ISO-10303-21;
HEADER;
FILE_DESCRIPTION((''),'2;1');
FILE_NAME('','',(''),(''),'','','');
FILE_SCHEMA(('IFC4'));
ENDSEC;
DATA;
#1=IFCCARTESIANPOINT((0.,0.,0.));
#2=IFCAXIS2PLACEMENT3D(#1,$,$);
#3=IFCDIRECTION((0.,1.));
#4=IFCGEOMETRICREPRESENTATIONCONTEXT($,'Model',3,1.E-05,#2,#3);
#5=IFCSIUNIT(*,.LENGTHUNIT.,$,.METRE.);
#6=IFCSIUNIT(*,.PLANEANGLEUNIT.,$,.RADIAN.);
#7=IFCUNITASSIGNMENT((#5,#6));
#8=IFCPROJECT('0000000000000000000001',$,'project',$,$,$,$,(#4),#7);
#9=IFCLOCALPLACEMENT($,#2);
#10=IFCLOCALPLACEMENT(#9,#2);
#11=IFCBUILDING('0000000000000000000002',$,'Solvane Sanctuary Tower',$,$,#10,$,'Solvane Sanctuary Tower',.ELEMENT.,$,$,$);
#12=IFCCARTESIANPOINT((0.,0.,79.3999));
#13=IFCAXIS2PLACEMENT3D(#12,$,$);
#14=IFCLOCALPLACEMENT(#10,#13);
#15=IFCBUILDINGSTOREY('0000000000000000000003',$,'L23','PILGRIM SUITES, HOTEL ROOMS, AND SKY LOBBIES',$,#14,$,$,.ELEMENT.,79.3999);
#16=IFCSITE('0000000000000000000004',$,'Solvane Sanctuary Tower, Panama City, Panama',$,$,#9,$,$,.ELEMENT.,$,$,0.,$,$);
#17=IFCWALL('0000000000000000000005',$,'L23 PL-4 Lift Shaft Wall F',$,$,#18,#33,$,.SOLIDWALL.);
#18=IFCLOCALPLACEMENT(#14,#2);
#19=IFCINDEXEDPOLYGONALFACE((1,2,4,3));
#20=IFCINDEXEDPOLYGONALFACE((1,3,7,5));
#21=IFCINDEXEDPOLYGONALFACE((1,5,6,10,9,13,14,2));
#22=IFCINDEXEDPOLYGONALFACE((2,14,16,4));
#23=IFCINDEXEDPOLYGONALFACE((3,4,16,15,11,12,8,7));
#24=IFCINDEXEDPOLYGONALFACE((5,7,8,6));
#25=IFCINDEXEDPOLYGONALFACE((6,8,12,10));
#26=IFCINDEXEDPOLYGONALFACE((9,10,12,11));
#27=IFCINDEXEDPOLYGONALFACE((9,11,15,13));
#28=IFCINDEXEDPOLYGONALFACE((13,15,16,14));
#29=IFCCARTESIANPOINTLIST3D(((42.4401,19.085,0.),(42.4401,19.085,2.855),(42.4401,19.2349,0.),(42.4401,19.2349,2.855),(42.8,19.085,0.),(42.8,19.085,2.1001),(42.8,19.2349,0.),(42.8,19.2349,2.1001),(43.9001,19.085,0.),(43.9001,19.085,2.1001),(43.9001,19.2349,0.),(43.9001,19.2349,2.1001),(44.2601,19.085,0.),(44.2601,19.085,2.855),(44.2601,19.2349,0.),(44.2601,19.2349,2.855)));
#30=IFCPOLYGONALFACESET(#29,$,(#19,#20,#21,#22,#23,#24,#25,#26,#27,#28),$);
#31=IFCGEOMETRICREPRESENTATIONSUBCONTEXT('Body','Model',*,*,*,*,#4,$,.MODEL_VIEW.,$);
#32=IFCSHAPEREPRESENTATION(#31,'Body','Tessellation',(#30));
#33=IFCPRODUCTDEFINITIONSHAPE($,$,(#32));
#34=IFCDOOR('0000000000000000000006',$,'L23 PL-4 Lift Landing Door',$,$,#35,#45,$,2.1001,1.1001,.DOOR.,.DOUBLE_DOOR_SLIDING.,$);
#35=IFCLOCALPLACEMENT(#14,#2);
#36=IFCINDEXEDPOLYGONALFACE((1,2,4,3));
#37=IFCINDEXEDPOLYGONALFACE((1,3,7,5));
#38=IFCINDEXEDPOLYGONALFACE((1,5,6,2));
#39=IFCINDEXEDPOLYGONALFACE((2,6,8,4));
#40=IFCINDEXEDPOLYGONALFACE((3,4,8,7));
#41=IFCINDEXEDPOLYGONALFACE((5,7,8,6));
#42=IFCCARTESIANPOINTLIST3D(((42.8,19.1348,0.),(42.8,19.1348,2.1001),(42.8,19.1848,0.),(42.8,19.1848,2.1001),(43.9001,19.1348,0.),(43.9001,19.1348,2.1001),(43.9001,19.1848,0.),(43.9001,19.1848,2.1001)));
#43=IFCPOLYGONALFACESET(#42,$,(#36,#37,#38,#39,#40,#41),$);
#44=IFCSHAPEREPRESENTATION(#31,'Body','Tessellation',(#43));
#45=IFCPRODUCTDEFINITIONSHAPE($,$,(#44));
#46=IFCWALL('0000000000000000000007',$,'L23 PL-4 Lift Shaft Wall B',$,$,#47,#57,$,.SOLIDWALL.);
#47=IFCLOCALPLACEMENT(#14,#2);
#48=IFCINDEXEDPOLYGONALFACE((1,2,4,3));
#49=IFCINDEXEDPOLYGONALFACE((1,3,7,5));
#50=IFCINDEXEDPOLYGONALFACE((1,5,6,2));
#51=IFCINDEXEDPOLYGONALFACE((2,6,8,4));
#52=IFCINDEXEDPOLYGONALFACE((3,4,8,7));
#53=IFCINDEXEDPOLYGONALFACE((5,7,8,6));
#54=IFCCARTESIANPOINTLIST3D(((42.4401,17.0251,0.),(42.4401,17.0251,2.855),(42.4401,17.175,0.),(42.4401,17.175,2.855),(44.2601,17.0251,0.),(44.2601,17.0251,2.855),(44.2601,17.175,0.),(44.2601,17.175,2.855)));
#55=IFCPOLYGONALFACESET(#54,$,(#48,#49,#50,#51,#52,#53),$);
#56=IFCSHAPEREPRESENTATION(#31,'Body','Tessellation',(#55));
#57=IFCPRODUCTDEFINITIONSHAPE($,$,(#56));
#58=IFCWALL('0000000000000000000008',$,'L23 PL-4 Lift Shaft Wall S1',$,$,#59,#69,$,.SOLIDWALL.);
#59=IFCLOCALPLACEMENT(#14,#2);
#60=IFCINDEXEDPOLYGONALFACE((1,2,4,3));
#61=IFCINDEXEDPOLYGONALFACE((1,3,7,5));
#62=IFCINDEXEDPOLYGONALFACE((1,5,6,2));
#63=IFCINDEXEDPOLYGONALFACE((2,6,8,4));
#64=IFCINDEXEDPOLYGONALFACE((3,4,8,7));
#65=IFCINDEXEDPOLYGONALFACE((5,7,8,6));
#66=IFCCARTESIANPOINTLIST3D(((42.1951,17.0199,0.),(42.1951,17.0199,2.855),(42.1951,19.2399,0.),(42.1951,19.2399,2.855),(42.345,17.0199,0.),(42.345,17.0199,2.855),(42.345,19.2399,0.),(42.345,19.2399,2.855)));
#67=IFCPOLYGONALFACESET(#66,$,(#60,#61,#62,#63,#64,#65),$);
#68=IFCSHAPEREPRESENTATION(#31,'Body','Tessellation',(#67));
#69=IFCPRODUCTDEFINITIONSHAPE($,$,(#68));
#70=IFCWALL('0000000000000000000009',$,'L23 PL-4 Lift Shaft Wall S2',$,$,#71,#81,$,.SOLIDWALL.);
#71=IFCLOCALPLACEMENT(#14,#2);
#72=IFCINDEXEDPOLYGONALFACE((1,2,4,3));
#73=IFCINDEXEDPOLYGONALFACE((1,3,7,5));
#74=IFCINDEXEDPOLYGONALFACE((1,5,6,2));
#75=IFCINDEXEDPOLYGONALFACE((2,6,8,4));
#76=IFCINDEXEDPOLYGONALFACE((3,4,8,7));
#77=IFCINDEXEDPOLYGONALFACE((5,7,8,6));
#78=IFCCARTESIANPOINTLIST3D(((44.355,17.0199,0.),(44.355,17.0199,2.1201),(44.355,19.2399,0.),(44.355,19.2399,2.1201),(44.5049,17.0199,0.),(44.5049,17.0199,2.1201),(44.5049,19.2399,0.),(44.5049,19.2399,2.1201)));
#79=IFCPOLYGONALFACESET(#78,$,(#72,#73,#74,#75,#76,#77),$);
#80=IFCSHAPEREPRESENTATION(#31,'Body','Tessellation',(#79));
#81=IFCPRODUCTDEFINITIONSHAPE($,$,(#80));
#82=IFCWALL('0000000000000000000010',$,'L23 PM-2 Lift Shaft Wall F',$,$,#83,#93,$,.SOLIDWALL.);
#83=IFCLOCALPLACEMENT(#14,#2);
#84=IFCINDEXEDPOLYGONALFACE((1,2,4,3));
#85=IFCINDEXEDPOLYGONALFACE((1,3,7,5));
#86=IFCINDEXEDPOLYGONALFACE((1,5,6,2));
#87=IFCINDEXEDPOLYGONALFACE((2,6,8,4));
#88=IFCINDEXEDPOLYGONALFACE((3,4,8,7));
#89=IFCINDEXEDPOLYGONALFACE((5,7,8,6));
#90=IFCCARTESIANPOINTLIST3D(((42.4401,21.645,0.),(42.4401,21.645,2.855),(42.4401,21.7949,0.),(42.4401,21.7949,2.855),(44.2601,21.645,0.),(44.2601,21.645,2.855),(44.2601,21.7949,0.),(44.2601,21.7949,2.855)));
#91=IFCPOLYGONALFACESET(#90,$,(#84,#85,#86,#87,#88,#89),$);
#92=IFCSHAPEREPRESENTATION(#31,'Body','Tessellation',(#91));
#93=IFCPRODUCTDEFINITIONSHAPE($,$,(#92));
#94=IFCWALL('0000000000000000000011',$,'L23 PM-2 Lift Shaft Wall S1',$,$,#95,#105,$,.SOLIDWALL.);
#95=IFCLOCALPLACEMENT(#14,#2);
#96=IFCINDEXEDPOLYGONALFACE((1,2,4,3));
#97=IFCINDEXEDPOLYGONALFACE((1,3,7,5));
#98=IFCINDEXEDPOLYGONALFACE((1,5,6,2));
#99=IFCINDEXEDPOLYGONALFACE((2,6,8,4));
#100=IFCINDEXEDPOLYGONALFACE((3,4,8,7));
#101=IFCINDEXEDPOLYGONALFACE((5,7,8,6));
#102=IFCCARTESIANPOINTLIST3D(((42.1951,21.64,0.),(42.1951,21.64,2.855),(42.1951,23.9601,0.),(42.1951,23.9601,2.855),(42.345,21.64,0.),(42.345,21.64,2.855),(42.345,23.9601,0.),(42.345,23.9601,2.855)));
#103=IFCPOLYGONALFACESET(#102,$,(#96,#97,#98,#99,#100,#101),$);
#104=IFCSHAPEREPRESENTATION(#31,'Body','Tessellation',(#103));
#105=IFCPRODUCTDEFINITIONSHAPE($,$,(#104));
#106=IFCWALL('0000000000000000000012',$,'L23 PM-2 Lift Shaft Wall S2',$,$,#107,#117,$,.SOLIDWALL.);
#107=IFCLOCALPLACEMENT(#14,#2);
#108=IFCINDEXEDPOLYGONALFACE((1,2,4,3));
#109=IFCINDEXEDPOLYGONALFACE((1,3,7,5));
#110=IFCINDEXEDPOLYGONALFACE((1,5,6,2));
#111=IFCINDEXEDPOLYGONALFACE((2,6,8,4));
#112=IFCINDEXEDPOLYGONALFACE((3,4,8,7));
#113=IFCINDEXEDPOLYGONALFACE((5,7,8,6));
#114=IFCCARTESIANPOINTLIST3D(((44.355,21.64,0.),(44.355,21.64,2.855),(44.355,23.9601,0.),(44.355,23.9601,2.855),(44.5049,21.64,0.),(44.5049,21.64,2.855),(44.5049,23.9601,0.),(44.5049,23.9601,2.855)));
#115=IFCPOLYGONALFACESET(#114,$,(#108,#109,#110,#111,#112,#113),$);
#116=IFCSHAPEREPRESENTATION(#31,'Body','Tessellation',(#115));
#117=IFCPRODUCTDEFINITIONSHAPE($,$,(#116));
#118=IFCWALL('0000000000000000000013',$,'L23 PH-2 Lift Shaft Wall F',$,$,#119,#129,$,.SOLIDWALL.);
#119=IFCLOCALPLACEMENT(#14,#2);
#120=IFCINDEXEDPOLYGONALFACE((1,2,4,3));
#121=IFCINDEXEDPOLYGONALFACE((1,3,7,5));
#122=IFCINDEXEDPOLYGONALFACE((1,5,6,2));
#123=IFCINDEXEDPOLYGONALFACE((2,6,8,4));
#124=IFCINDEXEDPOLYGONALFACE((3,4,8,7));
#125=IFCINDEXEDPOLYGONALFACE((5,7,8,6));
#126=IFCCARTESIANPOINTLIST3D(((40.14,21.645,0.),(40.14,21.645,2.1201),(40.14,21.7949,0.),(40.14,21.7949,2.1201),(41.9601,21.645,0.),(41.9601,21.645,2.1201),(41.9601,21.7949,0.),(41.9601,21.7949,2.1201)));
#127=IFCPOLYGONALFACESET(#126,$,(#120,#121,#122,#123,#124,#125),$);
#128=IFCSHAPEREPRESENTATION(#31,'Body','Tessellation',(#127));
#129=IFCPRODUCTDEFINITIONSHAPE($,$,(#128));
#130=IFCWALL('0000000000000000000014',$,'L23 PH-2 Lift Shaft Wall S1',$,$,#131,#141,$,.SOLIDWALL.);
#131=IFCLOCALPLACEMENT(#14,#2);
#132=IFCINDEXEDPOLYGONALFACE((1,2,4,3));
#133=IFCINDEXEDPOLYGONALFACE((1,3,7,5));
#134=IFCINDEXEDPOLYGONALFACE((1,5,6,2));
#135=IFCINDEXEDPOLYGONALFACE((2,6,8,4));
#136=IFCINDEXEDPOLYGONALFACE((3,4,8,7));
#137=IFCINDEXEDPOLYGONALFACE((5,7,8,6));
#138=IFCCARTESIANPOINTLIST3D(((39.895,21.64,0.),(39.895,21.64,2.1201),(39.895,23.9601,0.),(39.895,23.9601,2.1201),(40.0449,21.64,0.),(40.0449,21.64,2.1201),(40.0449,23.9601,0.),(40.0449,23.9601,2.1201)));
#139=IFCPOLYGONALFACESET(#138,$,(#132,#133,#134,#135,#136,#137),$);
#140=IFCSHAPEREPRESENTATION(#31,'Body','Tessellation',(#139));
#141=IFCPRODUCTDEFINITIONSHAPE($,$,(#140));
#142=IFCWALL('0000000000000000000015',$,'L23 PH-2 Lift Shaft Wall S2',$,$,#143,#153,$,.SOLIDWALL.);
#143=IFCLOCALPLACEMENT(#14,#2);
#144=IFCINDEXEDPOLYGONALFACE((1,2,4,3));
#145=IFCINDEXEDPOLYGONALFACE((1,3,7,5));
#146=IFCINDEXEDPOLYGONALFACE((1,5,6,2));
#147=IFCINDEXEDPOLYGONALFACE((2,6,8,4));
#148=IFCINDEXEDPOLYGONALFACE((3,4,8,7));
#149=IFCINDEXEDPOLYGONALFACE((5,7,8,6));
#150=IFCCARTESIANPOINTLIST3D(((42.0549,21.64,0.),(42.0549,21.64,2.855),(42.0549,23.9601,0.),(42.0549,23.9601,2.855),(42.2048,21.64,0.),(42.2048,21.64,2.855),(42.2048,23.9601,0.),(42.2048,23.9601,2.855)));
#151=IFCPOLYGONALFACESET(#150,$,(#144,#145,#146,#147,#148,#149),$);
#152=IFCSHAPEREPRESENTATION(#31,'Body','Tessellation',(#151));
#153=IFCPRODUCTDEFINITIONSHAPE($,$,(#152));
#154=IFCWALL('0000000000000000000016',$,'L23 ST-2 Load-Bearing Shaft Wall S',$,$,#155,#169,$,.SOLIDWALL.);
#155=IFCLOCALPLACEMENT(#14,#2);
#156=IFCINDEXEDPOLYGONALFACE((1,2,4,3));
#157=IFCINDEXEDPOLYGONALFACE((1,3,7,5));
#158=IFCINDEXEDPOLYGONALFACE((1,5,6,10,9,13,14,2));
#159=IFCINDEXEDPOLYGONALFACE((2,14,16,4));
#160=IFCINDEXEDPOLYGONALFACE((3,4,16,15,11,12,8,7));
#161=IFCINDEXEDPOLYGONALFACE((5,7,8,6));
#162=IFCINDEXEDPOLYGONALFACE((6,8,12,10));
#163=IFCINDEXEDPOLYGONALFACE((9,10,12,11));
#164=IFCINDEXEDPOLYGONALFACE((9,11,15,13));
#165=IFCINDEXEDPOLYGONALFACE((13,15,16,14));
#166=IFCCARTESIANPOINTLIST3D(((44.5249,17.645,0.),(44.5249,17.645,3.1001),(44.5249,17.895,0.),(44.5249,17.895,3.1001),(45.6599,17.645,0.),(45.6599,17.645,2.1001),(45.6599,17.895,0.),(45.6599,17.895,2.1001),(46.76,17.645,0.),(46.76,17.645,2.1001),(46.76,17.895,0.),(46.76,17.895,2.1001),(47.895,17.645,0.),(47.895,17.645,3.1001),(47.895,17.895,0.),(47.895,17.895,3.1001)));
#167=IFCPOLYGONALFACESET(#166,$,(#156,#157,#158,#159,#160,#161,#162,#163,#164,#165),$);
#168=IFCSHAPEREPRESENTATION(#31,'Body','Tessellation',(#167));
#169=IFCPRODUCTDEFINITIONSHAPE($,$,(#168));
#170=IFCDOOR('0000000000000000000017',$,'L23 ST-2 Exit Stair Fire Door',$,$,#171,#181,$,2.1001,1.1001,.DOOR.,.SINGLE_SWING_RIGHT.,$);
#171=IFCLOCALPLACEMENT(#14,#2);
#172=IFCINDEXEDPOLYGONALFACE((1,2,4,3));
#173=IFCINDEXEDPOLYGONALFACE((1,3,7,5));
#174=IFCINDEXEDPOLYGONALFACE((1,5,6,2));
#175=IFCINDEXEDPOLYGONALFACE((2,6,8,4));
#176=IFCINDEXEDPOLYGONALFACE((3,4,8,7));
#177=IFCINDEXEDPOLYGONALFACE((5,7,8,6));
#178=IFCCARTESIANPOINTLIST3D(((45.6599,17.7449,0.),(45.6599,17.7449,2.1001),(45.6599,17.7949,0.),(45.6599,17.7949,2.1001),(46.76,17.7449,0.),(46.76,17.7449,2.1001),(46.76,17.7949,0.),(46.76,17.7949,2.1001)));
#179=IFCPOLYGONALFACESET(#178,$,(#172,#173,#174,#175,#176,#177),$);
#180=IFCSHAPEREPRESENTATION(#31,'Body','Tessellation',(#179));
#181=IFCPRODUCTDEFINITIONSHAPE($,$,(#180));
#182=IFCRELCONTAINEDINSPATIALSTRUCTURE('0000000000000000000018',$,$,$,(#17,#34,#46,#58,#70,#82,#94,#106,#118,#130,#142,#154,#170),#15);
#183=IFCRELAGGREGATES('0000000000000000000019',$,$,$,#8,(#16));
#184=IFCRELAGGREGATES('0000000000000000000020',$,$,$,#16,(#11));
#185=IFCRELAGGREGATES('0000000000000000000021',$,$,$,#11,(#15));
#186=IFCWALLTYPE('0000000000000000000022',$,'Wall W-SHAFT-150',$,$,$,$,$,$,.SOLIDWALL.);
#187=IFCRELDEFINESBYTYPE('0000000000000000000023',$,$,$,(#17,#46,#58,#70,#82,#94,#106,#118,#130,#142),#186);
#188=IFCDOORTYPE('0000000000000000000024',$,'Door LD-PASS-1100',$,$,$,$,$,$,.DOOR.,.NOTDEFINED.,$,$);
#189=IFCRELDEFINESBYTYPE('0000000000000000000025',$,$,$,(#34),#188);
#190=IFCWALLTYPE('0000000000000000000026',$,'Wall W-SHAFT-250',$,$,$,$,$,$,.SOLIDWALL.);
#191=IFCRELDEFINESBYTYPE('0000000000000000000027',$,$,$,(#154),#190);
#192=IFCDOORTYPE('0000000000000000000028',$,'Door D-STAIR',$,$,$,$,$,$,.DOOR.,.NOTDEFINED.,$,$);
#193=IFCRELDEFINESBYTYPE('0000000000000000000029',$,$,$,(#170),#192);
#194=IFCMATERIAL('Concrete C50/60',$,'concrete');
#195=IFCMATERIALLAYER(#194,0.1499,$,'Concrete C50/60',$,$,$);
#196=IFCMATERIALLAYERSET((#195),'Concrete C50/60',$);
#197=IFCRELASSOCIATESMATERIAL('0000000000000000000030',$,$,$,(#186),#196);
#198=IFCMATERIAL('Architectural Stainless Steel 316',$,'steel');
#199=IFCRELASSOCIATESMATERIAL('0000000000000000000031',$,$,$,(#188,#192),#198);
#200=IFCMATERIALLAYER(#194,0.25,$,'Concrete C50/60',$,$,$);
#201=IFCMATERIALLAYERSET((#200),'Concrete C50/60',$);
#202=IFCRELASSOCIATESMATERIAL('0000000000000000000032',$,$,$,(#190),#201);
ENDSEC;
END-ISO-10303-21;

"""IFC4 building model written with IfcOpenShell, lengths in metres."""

from ifc_helpers import new_model, si_unit, direction, frame, frame_2d, origin, place, context, subcontext, project, spatial, rectangle, extrude, material, layer, layer_set, type_object, element, fill, save


model = new_model("IFC4")

# Units and contexts
model_context = context("Model", 3, precision=1e-05, world=origin(), true_north=direction((0.0, 1.0)))
body_context = subcontext(model_context, "Body", "Model", "MODEL_VIEW")
ifc_project = project(units=[si_unit("LENGTHUNIT", "METRE"), si_unit("PLANEANGLEUNIT", "RADIAN")], contexts=[model_context])

# Site, building, storey
site_placement = place(None, origin())
site = spatial("IfcSite", under=ifc_project, at=site_placement, Name="Solvane Sanctuary Tower, Panama City, Panama", CompositionType="ELEMENT", RefElevation=0.0)
building_placement = place(site_placement, origin())
building = spatial("IfcBuilding", under=site, at=building_placement, Name="Solvane Sanctuary Tower", LongName="Solvane Sanctuary Tower", CompositionType="ELEMENT")
storey_placement = place(building_placement, frame((0.0, 0.0, 79.3999)))
storey = spatial("IfcBuildingStorey", under=building, at=storey_placement, Name="L23", Description="PILGRIM SUITES, HOTEL ROOMS, AND SKY LOBBIES", CompositionType="ELEMENT", Elevation=79.3999)

# Shared definitions
ifc_material_1 = material(Name="Concrete C50/60", Category="concrete")
ifc_layer_1 = layer(ifc_material_1, 0.1499, Name="Concrete C50/60")
ifc_layer_set_1 = layer_set([ifc_layer_1], Name="Concrete C50/60")
wall_type_1 = type_object("IfcWallType", Name="Wall W-SHAFT-150", PredefinedType="SOLIDWALL", material=ifc_layer_set_1)
ifc_material_2 = material(Name="Architectural Stainless Steel 316", Category="steel")
door_type_1 = type_object("IfcDoorType", Name="Door LD-PASS-1100", OperationType="NOTDEFINED", PredefinedType="DOOR", material=ifc_material_2)

# Wall, opening, door
wall_1_placement = place(storey_placement, frame((42.4399, 19.1599, 0.0), z_axis=(0.0, 0.0, 1.0), x_axis=(1.0, 0.0, 0.0)))
wall_1 = element("IfcWall", 1, at=wall_1_placement, inside=storey, type_object=wall_type_1, Name="L23 PL-4 Lift Shaft Wall F", PredefinedType="SOLIDWALL", context=body_context, shape_type="SweptSolid", body=[
    extrude(rectangle(XDim=1.8201, YDim=0.1499, at=frame_2d((0.9102, 0.0))), origin(), (0.0, 0.0, 1.0), 2.855),
])
opening_1_placement = place(wall_1_placement, frame((0.3601, 0.0, 0.0)))
opening_1 = element("IfcOpeningElement", 2, at=opening_1_placement, cuts=wall_1, PredefinedType="OPENING", context=body_context, shape_type="SweptSolid", body=[
    extrude(rectangle(XDim=1.1001, YDim=2.1001, at=frame_2d((0.55, 1.05))), frame((0.0, 0.085, 0.0), z_axis=(0.0, -1.0, 0.0), x_axis=(1.0, 0.0, 0.0)), (0.0, 0.0, 1.0), 0.1699),
])
door_1_placement = place(opening_1_placement, origin())
door_1 = element("IfcDoor", 3, at=door_1_placement, inside=storey, type_object=door_type_1, Name="L23 PL-4 Lift Landing Door", OperationType="DOUBLE_DOOR_SLIDING", OverallHeight=2.1001, OverallWidth=1.1001, PredefinedType="DOOR", context=body_context, shape_type="SweptSolid", body=[
    extrude(rectangle(XDim=1.1001, YDim=2.1001, at=frame_2d((0.55, 1.05))), frame((0.0, 0.0249, 0.0), z_axis=(0.0, -1.0, 0.0), x_axis=(1.0, 0.0, 0.0)), (0.0, 0.0, 1.0), 0.05),
])
fill(opening_1, door_1)

# Walls
wall_2_placement = place(storey_placement, frame((42.4399, 17.1001, 0.0), z_axis=(0.0, 0.0, 1.0), x_axis=(1.0, 0.0, 0.0)))
element("IfcWall", 4, at=wall_2_placement, inside=storey, type_object=wall_type_1, Name="L23 PL-4 Lift Shaft Wall B", PredefinedType="SOLIDWALL", context=body_context, shape_type="SweptSolid", body=[
    extrude(rectangle(XDim=1.8201, YDim=0.1499, at=frame_2d((0.9102, 0.0))), origin(), (0.0, 0.0, 1.0), 2.855),
])
wall_3_placement = place(storey_placement, frame((42.27, 17.02, 0.0), z_axis=(0.0, 0.0, 1.0), x_axis=(0.0, 1.0, 0.0)))
element("IfcWall", 5, at=wall_3_placement, inside=storey, type_object=wall_type_1, Name="L23 PL-4 Lift Shaft Wall S1", PredefinedType="SOLIDWALL", context=body_context, shape_type="SweptSolid", body=[
    extrude(rectangle(XDim=2.22, YDim=0.1499, at=frame_2d((1.1099, 0.0))), origin(), (0.0, 0.0, 1.0), 2.855),
])
wall_4_placement = place(storey_placement, frame((44.4299, 17.02, 0.0), z_axis=(0.0, 0.0, 1.0), x_axis=(0.0, 1.0, 0.0)))
element("IfcWall", 6, at=wall_4_placement, inside=storey, type_object=wall_type_1, Name="L23 PL-4 Lift Shaft Wall S2", PredefinedType="SOLIDWALL", context=body_context, shape_type="SweptSolid", body=[
    extrude(rectangle(XDim=2.22, YDim=0.1499, at=frame_2d((1.1099, 0.0))), origin(), (0.0, 0.0, 1.0), 2.1201),
])
wall_5_placement = place(storey_placement, frame((42.4399, 21.72, 0.0), z_axis=(0.0, 0.0, 1.0), x_axis=(1.0, 0.0, 0.0)))
element("IfcWall", 7, at=wall_5_placement, inside=storey, type_object=wall_type_1, Name="L23 PM-2 Lift Shaft Wall F", PredefinedType="SOLIDWALL", context=body_context, shape_type="SweptSolid", body=[
    extrude(rectangle(XDim=1.8201, YDim=0.1499, at=frame_2d((0.9102, 0.0))), origin(), (0.0, 0.0, 1.0), 2.855),
])
for number, where, z_axis, x_axis, name in (
    (8, (42.27, 21.6399, 0.0), (0.0, 0.0, 1.0), (0.0, 1.0, 0.0), "L23 PM-2 Lift Shaft Wall S1"),
    (9, (44.4299, 21.6399, 0.0), (0.0, 0.0, 1.0), (0.0, 1.0, 0.0), "L23 PM-2 Lift Shaft Wall S2"),
):
    element("IfcWall", number, at=place(storey_placement, frame(where, z_axis=z_axis, x_axis=x_axis)), inside=storey, type_object=wall_type_1, Name=name, PredefinedType="SOLIDWALL", context=body_context, shape_type="SweptSolid", body=[
        extrude(rectangle(XDim=2.3201, YDim=0.1499, at=frame_2d((1.1602, 0.0))), origin(), (0.0, 0.0, 1.0), 2.855),
    ])
wall_6_placement = place(storey_placement, frame((40.1399, 21.72, 0.0), z_axis=(0.0, 0.0, 1.0), x_axis=(1.0, 0.0, 0.0)))
element("IfcWall", 10, at=wall_6_placement, inside=storey, type_object=wall_type_1, Name="L23 PH-2 Lift Shaft Wall F", PredefinedType="SOLIDWALL", context=body_context, shape_type="SweptSolid", body=[
    extrude(rectangle(XDim=1.8201, YDim=0.1499, at=frame_2d((0.9102, 0.0))), origin(), (0.0, 0.0, 1.0), 2.1201),
])
wall_7_placement = place(storey_placement, frame((39.97, 21.6399, 0.0), z_axis=(0.0, 0.0, 1.0), x_axis=(0.0, 1.0, 0.0)))
element("IfcWall", 11, at=wall_7_placement, inside=storey, type_object=wall_type_1, Name="L23 PH-2 Lift Shaft Wall S1", PredefinedType="SOLIDWALL", context=body_context, shape_type="SweptSolid", body=[
    extrude(rectangle(XDim=2.3201, YDim=0.1499, at=frame_2d((1.1602, 0.0))), origin(), (0.0, 0.0, 1.0), 2.1201),
])
wall_8_placement = place(storey_placement, frame((42.1299, 21.6399, 0.0), z_axis=(0.0, 0.0, 1.0), x_axis=(0.0, 1.0, 0.0)))
element("IfcWall", 12, at=wall_8_placement, inside=storey, type_object=wall_type_1, Name="L23 PH-2 Lift Shaft Wall S2", PredefinedType="SOLIDWALL", context=body_context, shape_type="SweptSolid", body=[
    extrude(rectangle(XDim=2.3201, YDim=0.1499, at=frame_2d((1.1602, 0.0))), origin(), (0.0, 0.0, 1.0), 2.855),
])

# Wall, opening, door
ifc_layer_2 = layer(ifc_material_1, 0.25, Name="Concrete C50/60")
ifc_layer_set_2 = layer_set([ifc_layer_2], Name="Concrete C50/60")
wall_type_2 = type_object("IfcWallType", Name="Wall W-SHAFT-250", PredefinedType="SOLIDWALL", material=ifc_layer_set_2)
wall_9_placement = place(storey_placement, frame((44.5249, 17.77, 0.0), z_axis=(0.0, 0.0, 1.0), x_axis=(1.0, 0.0, 0.0)))
wall_9 = element("IfcWall", 13, at=wall_9_placement, inside=storey, type_object=wall_type_2, Name="L23 ST-2 Load-Bearing Shaft Wall S", PredefinedType="SOLIDWALL", context=body_context, shape_type="SweptSolid", body=[
    extrude(rectangle(XDim=3.3701, YDim=0.25, at=frame_2d((1.6851, 0.0))), origin(), (0.0, 0.0, 1.0), 3.1001),
])
opening_2_placement = place(wall_9_placement, frame((1.135, 0.0, 0.0)))
opening_2 = element("IfcOpeningElement", 14, at=opening_2_placement, cuts=wall_9, PredefinedType="OPENING", context=body_context, shape_type="SweptSolid", body=[
    extrude(rectangle(XDim=1.1001, YDim=2.1001, at=frame_2d((0.55, 1.05))), frame((0.0, 0.135, 0.0), z_axis=(0.0, -1.0, 0.0), x_axis=(1.0, 0.0, 0.0)), (0.0, 0.0, 1.0), 0.27),
])
door_type_2 = type_object("IfcDoorType", Name="Door D-STAIR", OperationType="NOTDEFINED", PredefinedType="DOOR", material=ifc_material_2)
door_2_placement = place(opening_2_placement, origin())
door_2 = element("IfcDoor", 15, at=door_2_placement, inside=storey, type_object=door_type_2, Name="L23 ST-2 Exit Stair Fire Door", OperationType="SINGLE_SWING_RIGHT", OverallHeight=2.1001, OverallWidth=1.1001, PredefinedType="DOOR", context=body_context, shape_type="SweptSolid", body=[
    extrude(rectangle(XDim=1.1001, YDim=2.1001, at=frame_2d((0.55, 1.05))), frame((0.0, 0.0249, 0.0), z_axis=(0.0, -1.0, 0.0), x_axis=(1.0, 0.0, 0.0)), (0.0, 0.0, 1.0), 0.05),
])
fill(opening_2, door_2)

save(model, "model.ifc")
